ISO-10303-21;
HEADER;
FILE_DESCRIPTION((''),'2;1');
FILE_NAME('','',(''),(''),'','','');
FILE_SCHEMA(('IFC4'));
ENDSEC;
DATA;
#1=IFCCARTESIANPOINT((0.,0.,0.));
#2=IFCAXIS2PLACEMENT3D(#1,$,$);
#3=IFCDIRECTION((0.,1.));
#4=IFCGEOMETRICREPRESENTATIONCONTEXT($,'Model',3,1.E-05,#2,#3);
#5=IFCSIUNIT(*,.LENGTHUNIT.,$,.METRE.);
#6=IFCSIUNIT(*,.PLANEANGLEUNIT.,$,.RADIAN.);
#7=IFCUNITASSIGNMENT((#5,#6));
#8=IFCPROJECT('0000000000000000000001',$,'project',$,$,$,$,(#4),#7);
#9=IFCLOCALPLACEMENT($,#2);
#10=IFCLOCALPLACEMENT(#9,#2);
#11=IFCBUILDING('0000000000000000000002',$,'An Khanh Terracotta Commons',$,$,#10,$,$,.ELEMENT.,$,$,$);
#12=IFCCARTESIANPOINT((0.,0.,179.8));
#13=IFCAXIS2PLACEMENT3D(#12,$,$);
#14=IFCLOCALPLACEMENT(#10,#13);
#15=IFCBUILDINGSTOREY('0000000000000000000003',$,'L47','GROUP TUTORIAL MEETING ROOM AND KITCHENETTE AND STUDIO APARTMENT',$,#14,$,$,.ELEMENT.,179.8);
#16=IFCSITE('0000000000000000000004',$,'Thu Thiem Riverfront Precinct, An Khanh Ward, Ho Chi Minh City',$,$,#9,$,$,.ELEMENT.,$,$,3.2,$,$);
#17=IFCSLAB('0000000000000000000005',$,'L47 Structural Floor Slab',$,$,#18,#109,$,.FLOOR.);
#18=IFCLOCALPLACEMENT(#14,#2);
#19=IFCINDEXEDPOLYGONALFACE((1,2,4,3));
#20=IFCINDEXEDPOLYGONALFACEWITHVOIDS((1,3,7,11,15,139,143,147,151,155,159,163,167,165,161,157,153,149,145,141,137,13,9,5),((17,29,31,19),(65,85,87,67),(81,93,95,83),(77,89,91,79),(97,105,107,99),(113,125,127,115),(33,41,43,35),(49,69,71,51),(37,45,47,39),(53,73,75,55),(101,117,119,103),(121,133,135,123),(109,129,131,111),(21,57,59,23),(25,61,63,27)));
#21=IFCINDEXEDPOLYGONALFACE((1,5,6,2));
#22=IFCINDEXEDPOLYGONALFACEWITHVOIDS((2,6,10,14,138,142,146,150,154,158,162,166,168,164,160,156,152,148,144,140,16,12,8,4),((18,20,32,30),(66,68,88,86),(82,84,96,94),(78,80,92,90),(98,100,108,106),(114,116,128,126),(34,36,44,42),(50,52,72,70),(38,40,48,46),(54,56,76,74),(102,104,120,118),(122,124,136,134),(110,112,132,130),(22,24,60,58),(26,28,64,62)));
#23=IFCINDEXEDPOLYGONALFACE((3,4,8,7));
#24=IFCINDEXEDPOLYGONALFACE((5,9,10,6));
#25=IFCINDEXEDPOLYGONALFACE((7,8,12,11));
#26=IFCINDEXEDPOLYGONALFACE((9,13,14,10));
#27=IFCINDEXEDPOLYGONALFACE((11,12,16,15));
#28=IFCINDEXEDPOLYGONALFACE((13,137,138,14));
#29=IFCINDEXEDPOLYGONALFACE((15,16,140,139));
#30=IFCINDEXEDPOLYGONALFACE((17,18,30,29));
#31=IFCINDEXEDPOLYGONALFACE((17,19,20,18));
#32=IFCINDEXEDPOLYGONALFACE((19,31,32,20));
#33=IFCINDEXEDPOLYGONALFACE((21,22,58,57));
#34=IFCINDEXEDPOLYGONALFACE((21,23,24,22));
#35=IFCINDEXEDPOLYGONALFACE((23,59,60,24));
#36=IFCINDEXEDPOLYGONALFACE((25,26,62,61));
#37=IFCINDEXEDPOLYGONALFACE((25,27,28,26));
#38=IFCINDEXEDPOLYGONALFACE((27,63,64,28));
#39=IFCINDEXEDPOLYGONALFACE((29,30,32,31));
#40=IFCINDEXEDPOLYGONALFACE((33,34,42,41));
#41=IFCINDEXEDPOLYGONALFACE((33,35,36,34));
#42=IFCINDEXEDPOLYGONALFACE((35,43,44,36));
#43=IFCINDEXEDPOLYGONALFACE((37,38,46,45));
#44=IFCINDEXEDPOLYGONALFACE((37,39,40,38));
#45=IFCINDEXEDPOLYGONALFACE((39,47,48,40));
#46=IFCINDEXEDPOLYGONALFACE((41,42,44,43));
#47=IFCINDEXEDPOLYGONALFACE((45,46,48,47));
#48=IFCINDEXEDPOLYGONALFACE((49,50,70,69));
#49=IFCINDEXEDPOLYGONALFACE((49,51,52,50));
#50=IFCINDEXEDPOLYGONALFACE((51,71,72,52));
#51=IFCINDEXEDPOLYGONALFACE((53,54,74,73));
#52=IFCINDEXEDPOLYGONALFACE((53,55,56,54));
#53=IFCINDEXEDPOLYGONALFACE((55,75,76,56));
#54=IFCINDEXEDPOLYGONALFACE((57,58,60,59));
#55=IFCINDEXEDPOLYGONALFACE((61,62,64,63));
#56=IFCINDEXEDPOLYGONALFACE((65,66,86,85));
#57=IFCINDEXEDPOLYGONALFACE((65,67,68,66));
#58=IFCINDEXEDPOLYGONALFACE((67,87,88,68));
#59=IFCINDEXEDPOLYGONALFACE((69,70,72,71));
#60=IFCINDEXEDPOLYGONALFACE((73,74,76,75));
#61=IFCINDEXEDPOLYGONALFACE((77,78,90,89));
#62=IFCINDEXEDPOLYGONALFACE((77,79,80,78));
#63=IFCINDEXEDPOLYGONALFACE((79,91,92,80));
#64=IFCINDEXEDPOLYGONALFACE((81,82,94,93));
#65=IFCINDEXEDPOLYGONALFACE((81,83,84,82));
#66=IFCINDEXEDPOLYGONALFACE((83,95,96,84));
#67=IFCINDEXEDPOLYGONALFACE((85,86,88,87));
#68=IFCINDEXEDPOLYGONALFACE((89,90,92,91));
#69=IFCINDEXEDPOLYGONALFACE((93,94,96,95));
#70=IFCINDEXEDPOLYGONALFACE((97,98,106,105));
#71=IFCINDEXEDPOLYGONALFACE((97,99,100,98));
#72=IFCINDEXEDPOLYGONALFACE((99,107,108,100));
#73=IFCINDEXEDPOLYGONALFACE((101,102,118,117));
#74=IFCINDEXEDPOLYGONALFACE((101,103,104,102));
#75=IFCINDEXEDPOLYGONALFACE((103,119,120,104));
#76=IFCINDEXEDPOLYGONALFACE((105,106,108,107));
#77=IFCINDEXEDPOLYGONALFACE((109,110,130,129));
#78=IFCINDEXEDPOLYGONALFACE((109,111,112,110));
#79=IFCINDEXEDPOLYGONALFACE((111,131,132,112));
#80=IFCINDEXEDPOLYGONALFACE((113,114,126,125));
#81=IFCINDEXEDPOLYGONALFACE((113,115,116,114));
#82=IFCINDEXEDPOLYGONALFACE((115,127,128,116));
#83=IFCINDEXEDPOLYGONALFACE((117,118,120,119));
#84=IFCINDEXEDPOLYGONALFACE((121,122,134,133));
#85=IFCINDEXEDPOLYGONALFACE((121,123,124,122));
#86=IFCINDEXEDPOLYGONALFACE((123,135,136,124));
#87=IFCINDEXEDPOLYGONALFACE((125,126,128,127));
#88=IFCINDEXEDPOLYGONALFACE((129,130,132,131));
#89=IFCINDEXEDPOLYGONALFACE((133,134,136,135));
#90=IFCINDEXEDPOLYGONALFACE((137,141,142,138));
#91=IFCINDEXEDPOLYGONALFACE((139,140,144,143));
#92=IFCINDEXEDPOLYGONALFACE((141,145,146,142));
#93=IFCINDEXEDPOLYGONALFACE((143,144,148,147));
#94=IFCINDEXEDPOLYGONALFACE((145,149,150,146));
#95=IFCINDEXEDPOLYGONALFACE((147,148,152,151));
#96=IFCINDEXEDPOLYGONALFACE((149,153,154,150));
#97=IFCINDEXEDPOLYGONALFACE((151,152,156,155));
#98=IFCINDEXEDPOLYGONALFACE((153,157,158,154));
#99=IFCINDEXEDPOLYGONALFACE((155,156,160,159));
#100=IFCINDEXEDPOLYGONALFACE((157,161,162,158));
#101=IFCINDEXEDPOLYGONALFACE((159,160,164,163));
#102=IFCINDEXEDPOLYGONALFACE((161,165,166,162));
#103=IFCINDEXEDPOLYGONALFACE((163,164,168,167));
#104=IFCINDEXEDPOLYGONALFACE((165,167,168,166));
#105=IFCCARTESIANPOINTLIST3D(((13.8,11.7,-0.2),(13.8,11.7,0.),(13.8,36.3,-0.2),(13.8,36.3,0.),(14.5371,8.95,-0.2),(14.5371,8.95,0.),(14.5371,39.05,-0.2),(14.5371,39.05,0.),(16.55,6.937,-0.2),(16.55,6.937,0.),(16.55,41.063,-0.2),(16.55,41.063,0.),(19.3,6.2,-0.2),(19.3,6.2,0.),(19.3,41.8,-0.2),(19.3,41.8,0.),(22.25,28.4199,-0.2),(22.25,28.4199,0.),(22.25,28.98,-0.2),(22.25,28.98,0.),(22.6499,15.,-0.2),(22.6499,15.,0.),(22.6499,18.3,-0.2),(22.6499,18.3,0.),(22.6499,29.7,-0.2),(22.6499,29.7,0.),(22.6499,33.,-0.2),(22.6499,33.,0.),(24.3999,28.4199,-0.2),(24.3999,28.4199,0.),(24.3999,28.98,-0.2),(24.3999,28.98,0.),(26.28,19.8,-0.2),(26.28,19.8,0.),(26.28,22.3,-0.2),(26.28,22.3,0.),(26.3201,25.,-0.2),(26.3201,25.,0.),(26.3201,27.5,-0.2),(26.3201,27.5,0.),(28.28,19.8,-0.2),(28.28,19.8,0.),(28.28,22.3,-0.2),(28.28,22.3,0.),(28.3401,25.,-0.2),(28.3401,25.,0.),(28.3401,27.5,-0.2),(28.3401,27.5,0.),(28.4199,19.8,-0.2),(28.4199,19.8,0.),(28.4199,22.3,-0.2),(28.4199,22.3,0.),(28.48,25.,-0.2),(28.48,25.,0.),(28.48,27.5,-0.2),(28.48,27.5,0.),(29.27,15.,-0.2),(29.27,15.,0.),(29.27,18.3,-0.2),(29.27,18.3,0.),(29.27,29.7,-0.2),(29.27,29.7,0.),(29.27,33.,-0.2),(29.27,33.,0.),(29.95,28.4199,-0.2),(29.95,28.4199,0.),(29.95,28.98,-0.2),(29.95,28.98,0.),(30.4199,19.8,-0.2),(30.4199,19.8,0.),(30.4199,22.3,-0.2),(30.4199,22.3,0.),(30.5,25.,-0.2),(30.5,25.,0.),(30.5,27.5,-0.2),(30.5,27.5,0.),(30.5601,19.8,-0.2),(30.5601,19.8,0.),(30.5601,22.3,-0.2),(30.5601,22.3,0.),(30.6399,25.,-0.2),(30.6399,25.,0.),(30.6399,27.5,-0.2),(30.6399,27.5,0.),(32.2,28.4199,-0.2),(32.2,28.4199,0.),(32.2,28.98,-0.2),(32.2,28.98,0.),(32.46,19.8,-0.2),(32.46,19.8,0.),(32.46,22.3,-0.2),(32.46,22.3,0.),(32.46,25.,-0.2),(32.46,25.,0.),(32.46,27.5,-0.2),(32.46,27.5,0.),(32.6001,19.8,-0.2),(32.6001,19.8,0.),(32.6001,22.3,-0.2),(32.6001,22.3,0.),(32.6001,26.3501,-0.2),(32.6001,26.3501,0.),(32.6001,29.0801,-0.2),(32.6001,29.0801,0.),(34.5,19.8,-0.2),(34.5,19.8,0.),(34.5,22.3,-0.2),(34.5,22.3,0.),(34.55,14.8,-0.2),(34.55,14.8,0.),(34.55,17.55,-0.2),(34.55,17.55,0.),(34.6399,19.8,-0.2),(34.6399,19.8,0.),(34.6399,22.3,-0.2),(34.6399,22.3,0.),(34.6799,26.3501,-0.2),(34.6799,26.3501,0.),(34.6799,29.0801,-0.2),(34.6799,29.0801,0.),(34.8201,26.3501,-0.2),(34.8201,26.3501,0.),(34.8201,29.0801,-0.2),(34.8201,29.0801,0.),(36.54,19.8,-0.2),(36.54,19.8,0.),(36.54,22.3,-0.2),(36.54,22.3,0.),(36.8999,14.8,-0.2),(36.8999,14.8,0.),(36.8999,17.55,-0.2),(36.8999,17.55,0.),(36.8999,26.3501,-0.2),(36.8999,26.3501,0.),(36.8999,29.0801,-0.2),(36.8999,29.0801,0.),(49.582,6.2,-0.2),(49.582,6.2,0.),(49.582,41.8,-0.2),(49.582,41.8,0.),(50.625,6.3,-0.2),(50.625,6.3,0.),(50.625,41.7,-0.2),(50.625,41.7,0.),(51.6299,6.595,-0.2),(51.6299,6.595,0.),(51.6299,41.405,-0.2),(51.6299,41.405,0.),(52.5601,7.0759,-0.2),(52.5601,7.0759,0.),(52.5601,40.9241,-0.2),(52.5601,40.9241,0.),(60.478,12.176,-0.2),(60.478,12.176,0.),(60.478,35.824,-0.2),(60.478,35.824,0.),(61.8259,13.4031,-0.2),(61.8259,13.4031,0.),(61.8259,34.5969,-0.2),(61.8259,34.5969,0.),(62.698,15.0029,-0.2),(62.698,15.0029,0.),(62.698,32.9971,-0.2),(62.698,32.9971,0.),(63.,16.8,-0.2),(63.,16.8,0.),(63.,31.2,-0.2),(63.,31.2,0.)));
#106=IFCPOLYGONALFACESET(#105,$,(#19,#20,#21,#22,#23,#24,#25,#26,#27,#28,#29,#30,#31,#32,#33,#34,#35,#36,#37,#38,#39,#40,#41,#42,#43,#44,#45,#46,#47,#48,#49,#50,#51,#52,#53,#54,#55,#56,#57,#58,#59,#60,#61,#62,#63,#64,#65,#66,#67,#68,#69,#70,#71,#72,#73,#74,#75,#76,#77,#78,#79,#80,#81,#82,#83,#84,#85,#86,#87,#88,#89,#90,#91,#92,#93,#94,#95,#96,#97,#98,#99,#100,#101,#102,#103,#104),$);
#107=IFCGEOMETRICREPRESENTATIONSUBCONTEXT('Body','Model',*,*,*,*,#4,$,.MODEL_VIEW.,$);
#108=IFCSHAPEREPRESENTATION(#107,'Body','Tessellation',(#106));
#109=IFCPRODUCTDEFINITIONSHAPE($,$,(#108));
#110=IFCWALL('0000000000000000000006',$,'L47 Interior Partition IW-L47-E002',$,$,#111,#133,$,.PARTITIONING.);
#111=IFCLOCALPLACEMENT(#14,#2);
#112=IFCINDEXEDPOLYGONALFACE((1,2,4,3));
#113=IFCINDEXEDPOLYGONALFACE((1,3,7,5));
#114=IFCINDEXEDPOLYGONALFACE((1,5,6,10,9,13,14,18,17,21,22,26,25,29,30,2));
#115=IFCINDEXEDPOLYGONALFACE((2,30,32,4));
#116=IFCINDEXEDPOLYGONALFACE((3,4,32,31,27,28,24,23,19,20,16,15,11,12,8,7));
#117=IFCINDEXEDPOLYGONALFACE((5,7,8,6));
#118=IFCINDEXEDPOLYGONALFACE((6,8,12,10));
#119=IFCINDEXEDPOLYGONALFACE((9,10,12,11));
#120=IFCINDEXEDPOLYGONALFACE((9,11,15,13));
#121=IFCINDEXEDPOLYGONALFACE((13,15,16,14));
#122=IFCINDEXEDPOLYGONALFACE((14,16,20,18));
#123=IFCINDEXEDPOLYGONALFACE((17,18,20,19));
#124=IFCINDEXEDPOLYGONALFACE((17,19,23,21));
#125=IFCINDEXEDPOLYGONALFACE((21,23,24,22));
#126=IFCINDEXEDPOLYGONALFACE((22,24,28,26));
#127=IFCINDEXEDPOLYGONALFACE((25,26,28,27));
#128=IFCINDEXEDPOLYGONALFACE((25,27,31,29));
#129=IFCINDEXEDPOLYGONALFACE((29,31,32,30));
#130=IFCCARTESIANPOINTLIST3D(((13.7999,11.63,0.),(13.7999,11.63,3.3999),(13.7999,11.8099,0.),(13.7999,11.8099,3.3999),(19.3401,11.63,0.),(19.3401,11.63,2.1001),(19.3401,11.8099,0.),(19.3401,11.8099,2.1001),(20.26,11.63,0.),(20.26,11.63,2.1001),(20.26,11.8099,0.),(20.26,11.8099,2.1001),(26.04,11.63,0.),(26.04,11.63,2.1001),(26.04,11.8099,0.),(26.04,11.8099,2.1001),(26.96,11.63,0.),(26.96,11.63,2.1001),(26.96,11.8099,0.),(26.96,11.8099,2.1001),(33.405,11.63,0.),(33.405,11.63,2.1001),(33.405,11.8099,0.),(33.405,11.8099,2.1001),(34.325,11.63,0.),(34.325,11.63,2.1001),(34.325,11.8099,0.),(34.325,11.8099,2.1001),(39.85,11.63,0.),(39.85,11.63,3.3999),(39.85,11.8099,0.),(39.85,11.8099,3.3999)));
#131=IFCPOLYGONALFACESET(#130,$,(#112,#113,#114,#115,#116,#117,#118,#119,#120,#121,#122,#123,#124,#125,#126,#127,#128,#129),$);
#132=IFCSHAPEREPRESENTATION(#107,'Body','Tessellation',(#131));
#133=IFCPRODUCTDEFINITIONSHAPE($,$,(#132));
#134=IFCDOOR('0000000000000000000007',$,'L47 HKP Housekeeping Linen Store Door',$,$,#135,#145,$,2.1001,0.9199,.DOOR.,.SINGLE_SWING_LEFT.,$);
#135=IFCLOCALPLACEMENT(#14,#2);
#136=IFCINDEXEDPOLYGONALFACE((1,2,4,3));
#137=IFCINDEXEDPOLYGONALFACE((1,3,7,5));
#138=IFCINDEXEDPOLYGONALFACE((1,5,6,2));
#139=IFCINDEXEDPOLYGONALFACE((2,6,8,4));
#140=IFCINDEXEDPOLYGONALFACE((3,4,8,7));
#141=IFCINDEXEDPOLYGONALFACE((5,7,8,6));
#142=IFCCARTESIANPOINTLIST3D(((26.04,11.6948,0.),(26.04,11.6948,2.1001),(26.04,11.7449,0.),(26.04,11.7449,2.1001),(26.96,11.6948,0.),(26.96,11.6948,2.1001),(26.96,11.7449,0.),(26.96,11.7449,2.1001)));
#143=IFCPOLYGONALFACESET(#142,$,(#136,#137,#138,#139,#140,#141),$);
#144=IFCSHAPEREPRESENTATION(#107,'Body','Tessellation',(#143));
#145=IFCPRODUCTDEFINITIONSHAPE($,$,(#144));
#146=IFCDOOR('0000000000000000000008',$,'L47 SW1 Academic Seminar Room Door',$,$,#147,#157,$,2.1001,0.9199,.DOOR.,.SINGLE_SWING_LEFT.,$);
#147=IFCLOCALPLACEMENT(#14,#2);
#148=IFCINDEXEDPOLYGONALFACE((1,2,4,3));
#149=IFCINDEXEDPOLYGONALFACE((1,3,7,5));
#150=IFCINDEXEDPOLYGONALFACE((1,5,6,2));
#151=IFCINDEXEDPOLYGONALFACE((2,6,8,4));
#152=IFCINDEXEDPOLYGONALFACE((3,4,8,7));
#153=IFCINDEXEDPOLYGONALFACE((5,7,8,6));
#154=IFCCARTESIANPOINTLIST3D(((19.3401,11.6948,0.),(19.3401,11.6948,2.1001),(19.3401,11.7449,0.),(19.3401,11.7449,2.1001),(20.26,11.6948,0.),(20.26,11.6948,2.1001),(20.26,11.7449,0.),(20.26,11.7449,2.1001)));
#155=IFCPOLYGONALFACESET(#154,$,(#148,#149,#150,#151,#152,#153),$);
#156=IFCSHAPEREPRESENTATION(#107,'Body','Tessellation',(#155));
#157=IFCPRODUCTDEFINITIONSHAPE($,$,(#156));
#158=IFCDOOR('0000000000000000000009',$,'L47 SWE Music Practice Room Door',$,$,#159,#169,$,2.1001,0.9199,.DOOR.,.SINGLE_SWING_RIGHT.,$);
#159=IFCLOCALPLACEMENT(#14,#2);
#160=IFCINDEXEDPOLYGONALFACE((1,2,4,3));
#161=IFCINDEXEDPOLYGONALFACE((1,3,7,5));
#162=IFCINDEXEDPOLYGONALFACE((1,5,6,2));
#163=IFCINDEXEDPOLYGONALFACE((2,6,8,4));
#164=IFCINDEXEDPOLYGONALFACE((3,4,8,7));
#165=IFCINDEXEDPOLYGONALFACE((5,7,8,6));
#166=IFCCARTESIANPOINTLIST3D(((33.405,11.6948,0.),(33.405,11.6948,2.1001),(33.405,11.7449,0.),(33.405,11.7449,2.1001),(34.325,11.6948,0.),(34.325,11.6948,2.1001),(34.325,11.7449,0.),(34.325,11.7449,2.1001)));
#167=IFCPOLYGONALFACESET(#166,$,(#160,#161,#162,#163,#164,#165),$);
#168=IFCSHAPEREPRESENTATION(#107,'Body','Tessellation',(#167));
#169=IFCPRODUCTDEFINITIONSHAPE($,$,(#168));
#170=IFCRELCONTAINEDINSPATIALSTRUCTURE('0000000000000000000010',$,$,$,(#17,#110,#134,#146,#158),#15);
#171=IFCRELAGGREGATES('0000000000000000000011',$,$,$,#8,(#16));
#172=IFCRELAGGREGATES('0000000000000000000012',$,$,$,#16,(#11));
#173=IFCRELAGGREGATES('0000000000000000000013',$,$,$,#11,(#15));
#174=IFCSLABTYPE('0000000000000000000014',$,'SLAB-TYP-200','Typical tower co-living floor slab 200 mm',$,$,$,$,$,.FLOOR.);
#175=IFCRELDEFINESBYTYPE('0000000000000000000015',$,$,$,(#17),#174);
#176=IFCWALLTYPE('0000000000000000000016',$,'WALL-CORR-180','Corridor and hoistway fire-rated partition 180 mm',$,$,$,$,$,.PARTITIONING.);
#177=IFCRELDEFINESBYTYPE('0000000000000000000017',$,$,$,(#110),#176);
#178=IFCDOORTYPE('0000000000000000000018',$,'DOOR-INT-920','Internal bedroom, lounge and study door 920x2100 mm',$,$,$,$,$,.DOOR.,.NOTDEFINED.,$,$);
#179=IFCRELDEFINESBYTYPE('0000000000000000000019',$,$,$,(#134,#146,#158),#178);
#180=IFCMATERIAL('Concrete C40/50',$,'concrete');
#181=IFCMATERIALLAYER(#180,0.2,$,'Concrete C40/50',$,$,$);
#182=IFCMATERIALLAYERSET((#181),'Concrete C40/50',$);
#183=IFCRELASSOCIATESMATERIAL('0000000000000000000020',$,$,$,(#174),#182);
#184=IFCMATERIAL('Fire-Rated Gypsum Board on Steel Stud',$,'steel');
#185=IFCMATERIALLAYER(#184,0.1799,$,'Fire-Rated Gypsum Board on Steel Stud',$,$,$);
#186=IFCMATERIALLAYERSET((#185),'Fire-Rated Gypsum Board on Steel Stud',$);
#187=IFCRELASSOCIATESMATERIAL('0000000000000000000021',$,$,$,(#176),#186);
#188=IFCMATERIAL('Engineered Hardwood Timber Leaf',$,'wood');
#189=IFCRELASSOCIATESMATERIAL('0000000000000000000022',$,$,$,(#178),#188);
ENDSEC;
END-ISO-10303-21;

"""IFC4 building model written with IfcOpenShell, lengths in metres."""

from ifc_helpers import new_model, si_unit, direction, frame, frame_2d, origin, place, context, subcontext, project, spatial, polyline, rectangle, outline, extrude, material, layer, layer_set, type_object, element, fill, save


model = new_model("IFC4")

# Units and contexts
model_context = context("Model", 3, precision=1e-05, world=origin(), true_north=direction((0.0, 1.0)))
body_context = subcontext(model_context, "Body", "Model", "MODEL_VIEW")
ifc_project = project(units=[si_unit("LENGTHUNIT", "METRE"), si_unit("PLANEANGLEUNIT", "RADIAN")], contexts=[model_context])

# Site, building, storey
site_placement = place(None, origin())
site = spatial("IfcSite", under=ifc_project, at=site_placement, Name="Thu Thiem Riverfront Precinct, An Khanh Ward, Ho Chi Minh City", CompositionType="ELEMENT", RefElevation=3.2)
building_placement = place(site_placement, origin())
building = spatial("IfcBuilding", under=site, at=building_placement, Name="An Khanh Terracotta Commons", CompositionType="ELEMENT")
storey_placement = place(building_placement, frame((0.0, 0.0, 179.8)))
storey = spatial("IfcBuildingStorey", under=building, at=storey_placement, Name="L47", Description="GROUP TUTORIAL MEETING ROOM AND KITCHENETTE AND STUDIO APARTMENT", CompositionType="ELEMENT", Elevation=179.8)

# Shared definitions
ifc_material_1 = material(Name="Concrete C40/50", Category="concrete")

# Slab
ifc_layer_1 = layer(ifc_material_1, 0.2, Name="Concrete C40/50")
ifc_layer_set_1 = layer_set([ifc_layer_1], Name="Concrete C40/50")
slab_type_1 = type_object("IfcSlabType", Name="SLAB-TYP-200", Description="Typical tower co-living floor slab 200 mm", PredefinedType="FLOOR", material=ifc_layer_set_1)
slab_1_placement = place(storey_placement, frame((0.0, 0.0, -0.2)))
element("IfcSlab", 1, at=slab_1_placement, inside=storey, type_object=slab_type_1, Name="L47 Structural Floor Slab", PredefinedType="FLOOR", context=body_context, shape_type="SweptSolid", body=[
    extrude(outline(polyline([(13.8, 11.7), (14.5371, 8.95), (16.55, 6.937), (19.3, 6.2), (49.582, 6.2), (50.625, 6.3), (51.6299, 6.595), (52.5601, 7.0759), (60.478, 12.176), (61.8259, 13.4031), (62.698, 15.0029), (63.0, 16.8), (63.0, 31.2), (62.698, 32.9971), (61.8259, 34.5969), (60.478, 35.824), (52.5601, 40.9241), (51.6299, 41.405), (50.625, 41.7), (49.582, 41.8), (19.3, 41.8), (16.55, 41.063), (14.5371, 39.05), (13.8, 36.3), (13.8, 11.7)]), holes=[polyline([(22.6499, 29.7), (29.27, 29.7), (29.27, 33.0), (22.6499, 33.0), (22.6499, 29.7)]), polyline([(22.6499, 15.0), (29.27, 15.0), (29.27, 18.3), (22.6499, 18.3), (22.6499, 15.0)]), polyline([(32.6001, 26.3501), (34.6799, 26.3501), (34.6799, 29.0801), (32.6001, 29.0801), (32.6001, 26.3501)]), polyline([(34.8201, 26.3501), (36.8999, 26.3501), (36.8999, 29.0801), (34.8201, 29.0801), (34.8201, 26.3501)]), polyline([(34.55, 14.8), (36.8999, 14.8), (36.8999, 17.55), (34.55, 17.55), (34.55, 14.8)]), polyline([(26.3201, 25.0), (28.3401, 25.0), (28.3401, 27.5), (26.3201, 27.5), (26.3201, 25.0)]), polyline([(28.48, 25.0), (30.5, 25.0), (30.5, 27.5), (28.48, 27.5), (28.48, 25.0)]), polyline([(26.28, 19.8), (28.28, 19.8), (28.28, 22.3), (26.28, 22.3), (26.28, 19.8)]), polyline([(28.4199, 19.8), (30.4199, 19.8), (30.4199, 22.3), (28.4199, 22.3), (28.4199, 19.8)]), polyline([(30.6399, 25.0), (32.46, 25.0), (32.46, 27.5), (30.6399, 27.5), (30.6399, 25.0)]), polyline([(30.5601, 19.8), (32.46, 19.8), (32.46, 22.3), (30.5601, 22.3), (30.5601, 19.8)]), polyline([(32.6001, 19.8), (34.5, 19.8), (34.5, 22.3), (32.6001, 22.3), (32.6001, 19.8)]), polyline([(34.6399, 19.8), (36.54, 19.8), (36.54, 22.3), (34.6399, 22.3), (34.6399, 19.8)]), polyline([(22.25, 28.4199), (24.3999, 28.4199), (24.3999, 28.98), (22.25, 28.98), (22.25, 28.4199)]), polyline([(29.95, 28.4199), (32.2, 28.4199), (32.2, 28.98), (29.95, 28.98), (29.95, 28.4199)])]), origin(), (0.0, 0.0, 1.0), 0.2),
])

# Wall, openings, doors
ifc_material_2 = material(Name="Fire-Rated Gypsum Board on Steel Stud", Category="steel")
ifc_layer_2 = layer(ifc_material_2, 0.1799, Name="Fire-Rated Gypsum Board on Steel Stud")
ifc_layer_set_2 = layer_set([ifc_layer_2], Name="Fire-Rated Gypsum Board on Steel Stud")
wall_type_1 = type_object("IfcWallType", Name="WALL-CORR-180", Description="Corridor and hoistway fire-rated partition 180 mm", PredefinedType="PARTITIONING", material=ifc_layer_set_2)
wall_1_placement = place(storey_placement, frame((13.8, 11.72, 0.0), z_axis=(0.0, 0.0, 1.0), x_axis=(1.0, 0.0, 0.0)))
wall_1 = element("IfcWall", 2, at=wall_1_placement, inside=storey, type_object=wall_type_1, Name="L47 Interior Partition IW-L47-E002", PredefinedType="PARTITIONING", context=body_context, shape_type="SweptSolid", body=[
    extrude(rectangle(XDim=26.05, YDim=0.1799, at=frame_2d((13.0249, 0.0))), origin(), (0.0, 0.0, 1.0), 3.3999),
])
opening_1_placement = place(wall_1_placement, frame((12.24, 0.0, 0.0)))
opening_1 = element("IfcOpeningElement", 3, at=opening_1_placement, cuts=wall_1, PredefinedType="OPENING", context=body_context, shape_type="SweptSolid", body=[
    extrude(rectangle(XDim=0.9199, YDim=2.1001, at=frame_2d((0.46, 1.05))), frame((0.0, 0.0999, 0.0), z_axis=(0.0, -1.0, 0.0), x_axis=(1.0, 0.0, 0.0)), (0.0, 0.0, 1.0), 0.2),
])
opening_2_placement = place(wall_1_placement, frame((5.54, 0.0, 0.0)))
opening_2 = element("IfcOpeningElement", 4, at=opening_2_placement, cuts=wall_1, PredefinedType="OPENING", context=body_context, shape_type="SweptSolid", body=[
    extrude(rectangle(XDim=0.9199, YDim=2.1001, at=frame_2d((0.46, 1.05))), frame((0.0, 0.0999, 0.0), z_axis=(0.0, -1.0, 0.0), x_axis=(1.0, 0.0, 0.0)), (0.0, 0.0, 1.0), 0.2),
])
opening_3_placement = place(wall_1_placement, frame((19.605, 0.0, 0.0)))
opening_3 = element("IfcOpeningElement", 5, at=opening_3_placement, cuts=wall_1, PredefinedType="OPENING", context=body_context, shape_type="SweptSolid", body=[
    extrude(rectangle(XDim=0.9199, YDim=2.1001, at=frame_2d((0.46, 1.05))), frame((0.0, 0.0999, 0.0), z_axis=(0.0, -1.0, 0.0), x_axis=(1.0, 0.0, 0.0)), (0.0, 0.0, 1.0), 0.2),
])
ifc_material_3 = material(Name="Engineered Hardwood Timber Leaf", Category="wood")
door_type_1 = type_object("IfcDoorType", Name="DOOR-INT-920", Description="Internal bedroom, lounge and study door 920x2100 mm", OperationType="NOTDEFINED", PredefinedType="DOOR", material=ifc_material_3)
door_1_placement = place(opening_1_placement, origin())
door_1 = element("IfcDoor", 6, at=door_1_placement, inside=storey, type_object=door_type_1, Name="L47 HKP Housekeeping Linen Store Door", OperationType="SINGLE_SWING_LEFT", OverallHeight=2.1001, OverallWidth=0.9199, PredefinedType="DOOR", context=body_context, shape_type="SweptSolid", body=[
    extrude(rectangle(XDim=0.9199, YDim=2.1001, at=frame_2d((0.46, 1.05))), frame((0.0, 0.0249, 0.0), z_axis=(0.0, -1.0, 0.0), x_axis=(1.0, 0.0, 0.0)), (0.0, 0.0, 1.0), 0.05),
])
fill(opening_1, door_1)
door_2_placement = place(opening_2_placement, origin())
door_2 = element("IfcDoor", 7, at=door_2_placement, inside=storey, type_object=door_type_1, Name="L47 SW1 Academic Seminar Room Door", OperationType="SINGLE_SWING_LEFT", OverallHeight=2.1001, OverallWidth=0.9199, PredefinedType="DOOR", context=body_context, shape_type="SweptSolid", body=[
    extrude(rectangle(XDim=0.9199, YDim=2.1001, at=frame_2d((0.46, 1.05))), frame((0.0, 0.0249, 0.0), z_axis=(0.0, -1.0, 0.0), x_axis=(1.0, 0.0, 0.0)), (0.0, 0.0, 1.0), 0.05),
])
fill(opening_2, door_2)
door_3_placement = place(opening_3_placement, origin())
door_3 = element("IfcDoor", 8, at=door_3_placement, inside=storey, type_object=door_type_1, Name="L47 SWE Music Practice Room Door", OperationType="SINGLE_SWING_RIGHT", OverallHeight=2.1001, OverallWidth=0.9199, PredefinedType="DOOR", context=body_context, shape_type="SweptSolid", body=[
    extrude(rectangle(XDim=0.9199, YDim=2.1001, at=frame_2d((0.46, 1.05))), frame((0.0, 0.0249, 0.0), z_axis=(0.0, -1.0, 0.0), x_axis=(1.0, 0.0, 0.0)), (0.0, 0.0, 1.0), 0.05),
])
fill(opening_3, door_3)

save(model, "model.ifc")
